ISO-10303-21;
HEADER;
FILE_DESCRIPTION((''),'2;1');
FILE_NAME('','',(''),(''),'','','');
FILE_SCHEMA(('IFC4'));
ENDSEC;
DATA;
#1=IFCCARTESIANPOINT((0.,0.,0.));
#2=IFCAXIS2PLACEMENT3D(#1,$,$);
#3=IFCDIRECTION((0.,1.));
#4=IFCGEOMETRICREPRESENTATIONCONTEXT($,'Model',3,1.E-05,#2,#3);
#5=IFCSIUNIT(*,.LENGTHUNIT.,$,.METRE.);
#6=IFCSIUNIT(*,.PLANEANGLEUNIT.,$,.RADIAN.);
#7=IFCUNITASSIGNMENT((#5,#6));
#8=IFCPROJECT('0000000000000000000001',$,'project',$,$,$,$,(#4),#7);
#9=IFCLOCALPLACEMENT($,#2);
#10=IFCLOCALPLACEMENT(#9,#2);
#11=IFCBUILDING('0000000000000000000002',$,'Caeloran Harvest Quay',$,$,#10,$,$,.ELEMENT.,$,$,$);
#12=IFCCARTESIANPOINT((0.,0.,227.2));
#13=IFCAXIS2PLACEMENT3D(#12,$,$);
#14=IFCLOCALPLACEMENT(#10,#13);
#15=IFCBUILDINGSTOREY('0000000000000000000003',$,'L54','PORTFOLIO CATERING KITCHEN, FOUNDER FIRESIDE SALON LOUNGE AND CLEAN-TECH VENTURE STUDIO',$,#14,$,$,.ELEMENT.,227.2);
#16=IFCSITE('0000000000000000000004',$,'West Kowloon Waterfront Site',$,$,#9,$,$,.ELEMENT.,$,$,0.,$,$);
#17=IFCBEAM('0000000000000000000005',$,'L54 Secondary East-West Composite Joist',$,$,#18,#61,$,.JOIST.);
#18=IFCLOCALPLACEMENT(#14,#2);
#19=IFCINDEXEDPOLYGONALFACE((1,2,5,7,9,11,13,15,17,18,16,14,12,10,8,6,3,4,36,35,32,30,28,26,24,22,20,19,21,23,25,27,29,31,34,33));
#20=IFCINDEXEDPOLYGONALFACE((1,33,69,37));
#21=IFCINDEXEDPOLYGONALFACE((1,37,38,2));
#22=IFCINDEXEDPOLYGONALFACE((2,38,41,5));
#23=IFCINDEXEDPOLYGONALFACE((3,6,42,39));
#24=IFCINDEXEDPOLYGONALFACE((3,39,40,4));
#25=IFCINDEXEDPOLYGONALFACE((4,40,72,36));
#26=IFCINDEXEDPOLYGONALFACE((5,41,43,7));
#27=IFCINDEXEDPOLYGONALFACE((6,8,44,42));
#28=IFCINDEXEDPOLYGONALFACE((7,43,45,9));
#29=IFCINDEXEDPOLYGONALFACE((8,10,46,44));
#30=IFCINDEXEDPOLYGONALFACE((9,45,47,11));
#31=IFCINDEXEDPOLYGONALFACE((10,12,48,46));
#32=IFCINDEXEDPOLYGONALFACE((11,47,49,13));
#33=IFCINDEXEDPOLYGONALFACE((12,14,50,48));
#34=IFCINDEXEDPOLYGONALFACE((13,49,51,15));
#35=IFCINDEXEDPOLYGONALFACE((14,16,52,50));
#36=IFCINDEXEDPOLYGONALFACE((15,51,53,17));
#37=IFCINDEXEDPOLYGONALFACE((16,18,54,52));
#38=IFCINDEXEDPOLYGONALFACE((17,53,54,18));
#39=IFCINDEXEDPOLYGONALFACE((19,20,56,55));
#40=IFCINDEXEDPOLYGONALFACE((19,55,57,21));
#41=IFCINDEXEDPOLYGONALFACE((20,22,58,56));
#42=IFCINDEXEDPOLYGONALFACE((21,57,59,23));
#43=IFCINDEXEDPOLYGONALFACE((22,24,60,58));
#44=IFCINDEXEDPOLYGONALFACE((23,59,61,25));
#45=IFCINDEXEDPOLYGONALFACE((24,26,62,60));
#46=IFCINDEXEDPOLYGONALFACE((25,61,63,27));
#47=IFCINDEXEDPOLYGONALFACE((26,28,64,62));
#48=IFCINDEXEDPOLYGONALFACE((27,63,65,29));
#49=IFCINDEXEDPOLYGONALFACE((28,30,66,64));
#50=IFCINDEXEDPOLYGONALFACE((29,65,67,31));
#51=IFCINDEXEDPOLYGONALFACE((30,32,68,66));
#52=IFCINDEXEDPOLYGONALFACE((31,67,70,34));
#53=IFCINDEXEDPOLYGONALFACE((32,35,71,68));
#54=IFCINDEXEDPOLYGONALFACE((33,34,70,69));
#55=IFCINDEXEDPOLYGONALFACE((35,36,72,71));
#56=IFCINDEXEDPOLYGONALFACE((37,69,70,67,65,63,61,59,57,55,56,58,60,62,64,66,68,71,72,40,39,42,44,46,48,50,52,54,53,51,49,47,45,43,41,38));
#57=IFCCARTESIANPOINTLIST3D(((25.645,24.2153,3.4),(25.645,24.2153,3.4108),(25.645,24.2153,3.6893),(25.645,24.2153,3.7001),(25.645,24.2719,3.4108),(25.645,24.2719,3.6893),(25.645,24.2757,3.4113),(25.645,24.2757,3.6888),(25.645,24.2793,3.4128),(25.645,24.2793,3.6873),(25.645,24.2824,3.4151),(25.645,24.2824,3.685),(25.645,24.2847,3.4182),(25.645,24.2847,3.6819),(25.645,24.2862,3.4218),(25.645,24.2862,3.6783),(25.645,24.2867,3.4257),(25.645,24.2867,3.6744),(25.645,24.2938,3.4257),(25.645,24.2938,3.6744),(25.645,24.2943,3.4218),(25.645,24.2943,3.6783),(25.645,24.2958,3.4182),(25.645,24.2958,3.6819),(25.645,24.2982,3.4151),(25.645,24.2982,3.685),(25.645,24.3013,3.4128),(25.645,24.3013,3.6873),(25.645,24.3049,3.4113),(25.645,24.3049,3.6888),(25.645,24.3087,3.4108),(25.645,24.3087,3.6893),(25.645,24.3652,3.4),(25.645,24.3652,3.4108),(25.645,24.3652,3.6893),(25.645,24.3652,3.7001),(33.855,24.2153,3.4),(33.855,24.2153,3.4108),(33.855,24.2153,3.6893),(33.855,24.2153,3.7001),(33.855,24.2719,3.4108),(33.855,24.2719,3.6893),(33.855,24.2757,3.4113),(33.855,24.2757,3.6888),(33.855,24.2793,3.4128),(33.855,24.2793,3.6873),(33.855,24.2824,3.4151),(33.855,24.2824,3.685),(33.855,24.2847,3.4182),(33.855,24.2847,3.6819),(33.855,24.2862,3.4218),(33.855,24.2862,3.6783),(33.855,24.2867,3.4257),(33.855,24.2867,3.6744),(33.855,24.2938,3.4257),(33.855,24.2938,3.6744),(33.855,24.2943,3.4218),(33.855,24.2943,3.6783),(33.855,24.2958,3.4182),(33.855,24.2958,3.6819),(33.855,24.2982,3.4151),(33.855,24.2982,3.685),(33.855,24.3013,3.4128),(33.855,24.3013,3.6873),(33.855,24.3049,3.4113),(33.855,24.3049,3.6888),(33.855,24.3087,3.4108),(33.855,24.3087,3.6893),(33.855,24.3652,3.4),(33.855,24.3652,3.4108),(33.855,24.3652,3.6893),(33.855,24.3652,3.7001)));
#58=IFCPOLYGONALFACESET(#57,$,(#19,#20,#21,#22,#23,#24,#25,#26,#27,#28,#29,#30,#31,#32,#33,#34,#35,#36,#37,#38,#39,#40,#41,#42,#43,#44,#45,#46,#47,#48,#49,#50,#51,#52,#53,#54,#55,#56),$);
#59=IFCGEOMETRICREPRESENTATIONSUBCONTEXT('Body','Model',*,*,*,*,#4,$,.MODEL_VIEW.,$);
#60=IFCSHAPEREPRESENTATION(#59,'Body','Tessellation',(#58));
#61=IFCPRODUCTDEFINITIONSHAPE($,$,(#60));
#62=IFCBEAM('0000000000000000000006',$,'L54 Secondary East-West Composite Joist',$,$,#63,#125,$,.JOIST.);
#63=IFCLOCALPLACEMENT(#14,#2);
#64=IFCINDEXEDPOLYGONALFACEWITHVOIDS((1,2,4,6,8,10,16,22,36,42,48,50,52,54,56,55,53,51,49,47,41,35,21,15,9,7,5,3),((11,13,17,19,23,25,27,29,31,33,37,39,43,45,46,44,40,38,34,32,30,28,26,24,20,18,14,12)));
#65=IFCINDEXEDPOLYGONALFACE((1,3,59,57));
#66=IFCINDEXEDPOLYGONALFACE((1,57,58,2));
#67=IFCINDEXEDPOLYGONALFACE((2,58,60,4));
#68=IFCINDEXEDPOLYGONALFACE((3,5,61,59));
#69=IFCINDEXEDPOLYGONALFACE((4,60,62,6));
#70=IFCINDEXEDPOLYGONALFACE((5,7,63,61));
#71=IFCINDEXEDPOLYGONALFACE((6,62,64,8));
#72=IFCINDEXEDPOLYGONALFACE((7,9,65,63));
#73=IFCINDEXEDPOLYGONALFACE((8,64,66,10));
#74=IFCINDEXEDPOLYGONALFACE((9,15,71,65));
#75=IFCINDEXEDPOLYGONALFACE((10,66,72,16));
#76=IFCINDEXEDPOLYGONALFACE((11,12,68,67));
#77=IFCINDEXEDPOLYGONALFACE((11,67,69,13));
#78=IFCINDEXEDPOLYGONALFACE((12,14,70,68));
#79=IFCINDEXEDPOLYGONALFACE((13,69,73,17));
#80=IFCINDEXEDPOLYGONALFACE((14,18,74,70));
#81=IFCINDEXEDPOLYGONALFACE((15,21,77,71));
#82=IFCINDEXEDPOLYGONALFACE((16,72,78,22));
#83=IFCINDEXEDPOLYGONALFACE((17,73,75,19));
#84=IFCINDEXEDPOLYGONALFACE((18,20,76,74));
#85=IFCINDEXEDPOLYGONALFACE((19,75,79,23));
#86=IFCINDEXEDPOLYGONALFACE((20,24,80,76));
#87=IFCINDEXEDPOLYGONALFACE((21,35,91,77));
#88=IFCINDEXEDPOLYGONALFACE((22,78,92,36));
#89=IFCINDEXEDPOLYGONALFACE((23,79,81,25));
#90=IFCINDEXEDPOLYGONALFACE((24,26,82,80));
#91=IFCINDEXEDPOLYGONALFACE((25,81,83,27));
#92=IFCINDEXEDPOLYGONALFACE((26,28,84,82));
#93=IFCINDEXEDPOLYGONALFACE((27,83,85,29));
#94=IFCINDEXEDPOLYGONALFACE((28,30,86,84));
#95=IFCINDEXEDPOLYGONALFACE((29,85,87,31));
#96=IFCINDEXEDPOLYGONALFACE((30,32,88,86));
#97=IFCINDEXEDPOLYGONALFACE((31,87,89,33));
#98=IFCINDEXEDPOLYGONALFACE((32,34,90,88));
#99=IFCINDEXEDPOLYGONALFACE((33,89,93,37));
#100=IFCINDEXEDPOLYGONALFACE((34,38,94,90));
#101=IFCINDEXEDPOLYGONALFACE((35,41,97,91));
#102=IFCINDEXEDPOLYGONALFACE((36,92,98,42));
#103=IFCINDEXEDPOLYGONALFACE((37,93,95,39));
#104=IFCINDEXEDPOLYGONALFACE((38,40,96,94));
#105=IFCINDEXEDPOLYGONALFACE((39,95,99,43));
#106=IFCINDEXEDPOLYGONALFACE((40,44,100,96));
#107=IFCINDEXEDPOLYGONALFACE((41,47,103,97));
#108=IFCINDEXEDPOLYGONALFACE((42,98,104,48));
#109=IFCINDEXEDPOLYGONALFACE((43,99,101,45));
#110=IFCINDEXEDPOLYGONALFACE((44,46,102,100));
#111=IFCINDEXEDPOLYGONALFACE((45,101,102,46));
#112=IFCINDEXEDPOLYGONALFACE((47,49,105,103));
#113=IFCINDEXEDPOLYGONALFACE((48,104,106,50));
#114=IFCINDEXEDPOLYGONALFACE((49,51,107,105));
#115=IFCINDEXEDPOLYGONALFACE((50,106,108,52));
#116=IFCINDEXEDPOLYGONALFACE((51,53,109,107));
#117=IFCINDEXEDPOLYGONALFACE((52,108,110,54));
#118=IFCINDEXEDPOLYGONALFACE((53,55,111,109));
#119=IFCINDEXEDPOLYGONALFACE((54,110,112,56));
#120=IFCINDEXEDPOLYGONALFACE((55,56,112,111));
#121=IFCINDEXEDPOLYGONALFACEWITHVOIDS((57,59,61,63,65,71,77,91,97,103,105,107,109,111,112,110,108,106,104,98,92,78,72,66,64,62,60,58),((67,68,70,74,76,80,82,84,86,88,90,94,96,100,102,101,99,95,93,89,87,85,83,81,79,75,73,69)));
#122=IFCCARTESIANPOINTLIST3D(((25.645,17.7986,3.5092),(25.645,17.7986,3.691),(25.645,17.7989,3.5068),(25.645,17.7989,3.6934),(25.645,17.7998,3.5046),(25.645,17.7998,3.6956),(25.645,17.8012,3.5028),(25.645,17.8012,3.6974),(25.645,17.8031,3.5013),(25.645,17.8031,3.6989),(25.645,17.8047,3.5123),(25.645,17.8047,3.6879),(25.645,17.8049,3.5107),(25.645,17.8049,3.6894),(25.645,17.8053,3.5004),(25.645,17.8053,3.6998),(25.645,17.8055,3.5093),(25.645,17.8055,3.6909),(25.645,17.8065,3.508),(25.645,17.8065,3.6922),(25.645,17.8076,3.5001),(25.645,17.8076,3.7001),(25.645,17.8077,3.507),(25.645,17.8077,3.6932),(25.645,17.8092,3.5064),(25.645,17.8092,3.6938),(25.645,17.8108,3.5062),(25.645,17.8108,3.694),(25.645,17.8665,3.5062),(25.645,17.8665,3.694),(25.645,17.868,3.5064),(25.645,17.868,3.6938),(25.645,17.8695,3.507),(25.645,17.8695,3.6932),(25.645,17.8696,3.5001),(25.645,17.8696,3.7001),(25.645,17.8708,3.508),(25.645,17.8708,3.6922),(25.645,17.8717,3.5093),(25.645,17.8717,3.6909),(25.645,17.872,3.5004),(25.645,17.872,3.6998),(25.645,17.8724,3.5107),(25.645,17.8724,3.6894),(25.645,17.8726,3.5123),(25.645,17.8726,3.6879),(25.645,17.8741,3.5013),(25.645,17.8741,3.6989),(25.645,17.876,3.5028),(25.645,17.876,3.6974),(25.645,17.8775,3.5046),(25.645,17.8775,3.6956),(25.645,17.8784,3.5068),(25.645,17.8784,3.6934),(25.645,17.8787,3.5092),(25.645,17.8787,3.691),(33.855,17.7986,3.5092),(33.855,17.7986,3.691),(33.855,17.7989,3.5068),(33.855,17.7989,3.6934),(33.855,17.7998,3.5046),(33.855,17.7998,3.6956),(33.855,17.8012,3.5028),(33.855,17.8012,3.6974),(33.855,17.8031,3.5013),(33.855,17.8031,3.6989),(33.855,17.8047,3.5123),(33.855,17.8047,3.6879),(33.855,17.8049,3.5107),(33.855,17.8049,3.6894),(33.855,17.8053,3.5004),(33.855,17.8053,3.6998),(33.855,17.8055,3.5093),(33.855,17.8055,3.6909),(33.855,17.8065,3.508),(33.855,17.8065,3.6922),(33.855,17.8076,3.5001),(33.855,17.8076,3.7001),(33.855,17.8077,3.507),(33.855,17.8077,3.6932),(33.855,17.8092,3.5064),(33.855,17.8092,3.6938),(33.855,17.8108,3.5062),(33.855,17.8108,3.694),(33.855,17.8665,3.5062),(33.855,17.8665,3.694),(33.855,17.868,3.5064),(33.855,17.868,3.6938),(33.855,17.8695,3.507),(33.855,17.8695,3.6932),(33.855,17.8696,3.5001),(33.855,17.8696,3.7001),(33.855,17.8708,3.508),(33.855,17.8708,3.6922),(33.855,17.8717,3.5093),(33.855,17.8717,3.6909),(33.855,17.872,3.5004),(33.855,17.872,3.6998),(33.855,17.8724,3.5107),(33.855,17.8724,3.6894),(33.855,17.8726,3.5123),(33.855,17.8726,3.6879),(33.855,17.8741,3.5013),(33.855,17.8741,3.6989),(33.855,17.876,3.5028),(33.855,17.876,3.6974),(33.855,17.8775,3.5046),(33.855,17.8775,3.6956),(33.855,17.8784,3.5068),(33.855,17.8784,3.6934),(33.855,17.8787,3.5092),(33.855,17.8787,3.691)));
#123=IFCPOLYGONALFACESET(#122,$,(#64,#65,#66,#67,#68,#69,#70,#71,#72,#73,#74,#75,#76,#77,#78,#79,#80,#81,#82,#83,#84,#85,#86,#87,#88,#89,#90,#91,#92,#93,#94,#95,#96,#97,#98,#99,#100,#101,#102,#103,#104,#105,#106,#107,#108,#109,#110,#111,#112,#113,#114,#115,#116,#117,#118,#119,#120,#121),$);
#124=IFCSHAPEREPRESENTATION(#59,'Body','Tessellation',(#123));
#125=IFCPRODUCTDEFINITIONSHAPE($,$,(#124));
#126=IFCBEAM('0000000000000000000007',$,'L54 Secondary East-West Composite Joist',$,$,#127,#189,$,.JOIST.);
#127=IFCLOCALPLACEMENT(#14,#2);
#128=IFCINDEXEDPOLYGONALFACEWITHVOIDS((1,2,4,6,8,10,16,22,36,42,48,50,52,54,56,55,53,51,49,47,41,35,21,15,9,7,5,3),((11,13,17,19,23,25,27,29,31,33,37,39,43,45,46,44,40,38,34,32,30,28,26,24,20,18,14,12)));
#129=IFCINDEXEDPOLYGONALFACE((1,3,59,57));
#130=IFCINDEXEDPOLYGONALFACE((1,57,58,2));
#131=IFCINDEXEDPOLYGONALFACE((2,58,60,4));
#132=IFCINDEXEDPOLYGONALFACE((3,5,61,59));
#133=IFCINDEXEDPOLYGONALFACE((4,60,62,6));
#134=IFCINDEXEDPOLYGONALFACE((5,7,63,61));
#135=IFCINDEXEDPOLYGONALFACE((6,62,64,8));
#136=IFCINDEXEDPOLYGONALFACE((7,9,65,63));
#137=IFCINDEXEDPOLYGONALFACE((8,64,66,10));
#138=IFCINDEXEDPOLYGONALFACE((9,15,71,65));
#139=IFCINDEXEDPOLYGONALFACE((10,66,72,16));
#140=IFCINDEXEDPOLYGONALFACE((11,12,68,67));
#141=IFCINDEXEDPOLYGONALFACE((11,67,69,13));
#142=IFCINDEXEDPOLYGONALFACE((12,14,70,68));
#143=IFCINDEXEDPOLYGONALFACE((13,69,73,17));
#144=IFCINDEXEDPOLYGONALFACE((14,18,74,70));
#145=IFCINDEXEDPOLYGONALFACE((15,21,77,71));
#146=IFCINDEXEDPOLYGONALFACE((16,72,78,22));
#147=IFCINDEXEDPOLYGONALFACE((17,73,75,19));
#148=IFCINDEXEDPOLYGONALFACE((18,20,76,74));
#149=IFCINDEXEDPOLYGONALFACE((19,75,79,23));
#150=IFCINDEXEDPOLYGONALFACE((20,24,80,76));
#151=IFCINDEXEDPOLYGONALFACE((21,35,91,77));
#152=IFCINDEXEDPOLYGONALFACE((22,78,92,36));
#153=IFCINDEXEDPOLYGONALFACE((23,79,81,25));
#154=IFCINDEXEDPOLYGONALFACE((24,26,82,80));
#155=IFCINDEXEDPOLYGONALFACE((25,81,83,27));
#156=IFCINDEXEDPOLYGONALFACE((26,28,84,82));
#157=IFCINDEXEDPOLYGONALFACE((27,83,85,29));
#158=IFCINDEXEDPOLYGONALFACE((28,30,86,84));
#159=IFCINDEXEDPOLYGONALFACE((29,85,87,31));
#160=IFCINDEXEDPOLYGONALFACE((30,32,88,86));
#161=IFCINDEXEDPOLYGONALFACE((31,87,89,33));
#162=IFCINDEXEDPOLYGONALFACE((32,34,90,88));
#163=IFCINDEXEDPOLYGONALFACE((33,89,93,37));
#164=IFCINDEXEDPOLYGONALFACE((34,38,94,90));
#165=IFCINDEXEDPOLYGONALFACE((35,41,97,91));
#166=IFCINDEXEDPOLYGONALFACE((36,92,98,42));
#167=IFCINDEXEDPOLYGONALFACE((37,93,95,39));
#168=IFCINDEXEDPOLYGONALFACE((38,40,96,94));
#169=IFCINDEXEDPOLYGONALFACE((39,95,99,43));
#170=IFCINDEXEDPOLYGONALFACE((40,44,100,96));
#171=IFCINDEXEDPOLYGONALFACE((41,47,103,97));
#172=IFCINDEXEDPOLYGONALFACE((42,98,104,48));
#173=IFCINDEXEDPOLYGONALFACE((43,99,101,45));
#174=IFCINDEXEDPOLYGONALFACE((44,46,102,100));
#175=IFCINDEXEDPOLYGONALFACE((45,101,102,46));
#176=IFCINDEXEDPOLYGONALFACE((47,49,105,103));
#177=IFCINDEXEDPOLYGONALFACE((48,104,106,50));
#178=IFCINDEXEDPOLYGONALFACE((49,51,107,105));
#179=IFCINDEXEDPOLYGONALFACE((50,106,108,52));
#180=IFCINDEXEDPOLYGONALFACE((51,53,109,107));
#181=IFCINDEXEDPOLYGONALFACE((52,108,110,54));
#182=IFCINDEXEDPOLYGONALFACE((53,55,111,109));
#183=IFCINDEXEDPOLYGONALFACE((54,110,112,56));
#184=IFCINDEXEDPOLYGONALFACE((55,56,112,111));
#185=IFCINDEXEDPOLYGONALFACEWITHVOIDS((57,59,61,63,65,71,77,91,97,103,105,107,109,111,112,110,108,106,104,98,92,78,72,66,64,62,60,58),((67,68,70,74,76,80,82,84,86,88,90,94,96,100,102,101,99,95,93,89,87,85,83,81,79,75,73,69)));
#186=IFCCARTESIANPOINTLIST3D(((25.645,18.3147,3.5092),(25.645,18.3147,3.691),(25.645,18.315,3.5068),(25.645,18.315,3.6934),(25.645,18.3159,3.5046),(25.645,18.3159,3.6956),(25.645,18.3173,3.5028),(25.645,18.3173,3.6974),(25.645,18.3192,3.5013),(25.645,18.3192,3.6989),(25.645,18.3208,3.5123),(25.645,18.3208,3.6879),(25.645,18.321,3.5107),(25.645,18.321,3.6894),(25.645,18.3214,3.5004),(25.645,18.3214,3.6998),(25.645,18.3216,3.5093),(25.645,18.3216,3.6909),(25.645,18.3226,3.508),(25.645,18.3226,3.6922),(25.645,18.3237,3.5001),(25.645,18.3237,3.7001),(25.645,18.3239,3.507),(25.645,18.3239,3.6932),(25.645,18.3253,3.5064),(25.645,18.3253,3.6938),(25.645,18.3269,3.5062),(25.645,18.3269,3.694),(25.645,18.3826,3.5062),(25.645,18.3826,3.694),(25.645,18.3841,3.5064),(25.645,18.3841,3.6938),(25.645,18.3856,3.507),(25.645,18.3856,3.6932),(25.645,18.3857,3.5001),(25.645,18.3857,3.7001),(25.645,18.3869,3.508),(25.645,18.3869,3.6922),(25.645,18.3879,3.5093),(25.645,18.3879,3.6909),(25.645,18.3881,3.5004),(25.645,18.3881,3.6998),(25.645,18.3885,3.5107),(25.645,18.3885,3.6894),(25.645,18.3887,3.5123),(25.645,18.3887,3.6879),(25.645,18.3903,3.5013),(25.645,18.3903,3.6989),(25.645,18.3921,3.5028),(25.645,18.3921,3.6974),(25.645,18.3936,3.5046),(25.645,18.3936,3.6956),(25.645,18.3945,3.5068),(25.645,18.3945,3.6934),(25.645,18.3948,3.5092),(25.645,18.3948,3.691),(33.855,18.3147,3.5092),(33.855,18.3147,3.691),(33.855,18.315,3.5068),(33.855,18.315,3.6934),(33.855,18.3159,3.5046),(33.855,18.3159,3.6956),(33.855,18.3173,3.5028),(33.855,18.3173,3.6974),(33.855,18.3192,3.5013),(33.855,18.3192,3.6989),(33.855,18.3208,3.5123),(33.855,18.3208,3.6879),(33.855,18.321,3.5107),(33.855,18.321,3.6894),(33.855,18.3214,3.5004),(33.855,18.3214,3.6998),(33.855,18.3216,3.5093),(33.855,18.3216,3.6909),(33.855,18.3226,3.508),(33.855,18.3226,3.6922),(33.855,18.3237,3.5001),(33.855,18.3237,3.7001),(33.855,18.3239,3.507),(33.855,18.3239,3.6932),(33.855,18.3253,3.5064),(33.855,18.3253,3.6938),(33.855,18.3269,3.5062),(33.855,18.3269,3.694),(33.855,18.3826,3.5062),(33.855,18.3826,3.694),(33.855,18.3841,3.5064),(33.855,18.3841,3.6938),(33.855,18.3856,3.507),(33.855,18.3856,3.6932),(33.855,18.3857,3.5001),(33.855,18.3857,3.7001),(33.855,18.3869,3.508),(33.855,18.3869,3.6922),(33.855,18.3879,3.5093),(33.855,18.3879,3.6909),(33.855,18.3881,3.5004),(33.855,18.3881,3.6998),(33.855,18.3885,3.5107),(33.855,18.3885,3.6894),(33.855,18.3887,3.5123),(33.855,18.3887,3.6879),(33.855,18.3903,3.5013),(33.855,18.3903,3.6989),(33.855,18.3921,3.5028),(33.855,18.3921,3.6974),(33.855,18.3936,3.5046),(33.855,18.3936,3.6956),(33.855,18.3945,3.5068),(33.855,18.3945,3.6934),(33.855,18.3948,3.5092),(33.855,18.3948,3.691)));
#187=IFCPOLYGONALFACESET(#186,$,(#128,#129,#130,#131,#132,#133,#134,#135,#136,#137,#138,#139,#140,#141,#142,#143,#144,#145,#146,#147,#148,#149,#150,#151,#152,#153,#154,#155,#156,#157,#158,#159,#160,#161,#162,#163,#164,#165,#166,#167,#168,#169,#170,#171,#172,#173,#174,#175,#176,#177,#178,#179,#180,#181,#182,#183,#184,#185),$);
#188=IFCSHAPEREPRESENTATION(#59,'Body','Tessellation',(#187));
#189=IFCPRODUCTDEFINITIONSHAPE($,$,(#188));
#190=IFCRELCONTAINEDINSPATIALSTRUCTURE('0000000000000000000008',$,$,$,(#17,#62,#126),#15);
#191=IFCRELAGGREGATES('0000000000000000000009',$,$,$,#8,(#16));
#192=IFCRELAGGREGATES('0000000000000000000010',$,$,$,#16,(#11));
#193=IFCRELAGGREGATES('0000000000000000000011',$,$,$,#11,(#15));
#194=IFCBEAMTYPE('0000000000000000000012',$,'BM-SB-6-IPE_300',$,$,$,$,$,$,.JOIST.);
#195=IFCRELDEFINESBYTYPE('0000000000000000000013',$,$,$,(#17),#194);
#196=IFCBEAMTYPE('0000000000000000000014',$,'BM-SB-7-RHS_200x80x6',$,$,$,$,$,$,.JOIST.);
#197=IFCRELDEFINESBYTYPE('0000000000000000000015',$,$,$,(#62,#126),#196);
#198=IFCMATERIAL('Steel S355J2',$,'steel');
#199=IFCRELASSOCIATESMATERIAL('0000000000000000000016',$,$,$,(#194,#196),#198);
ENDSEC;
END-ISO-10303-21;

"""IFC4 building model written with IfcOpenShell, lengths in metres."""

from ifc_helpers import new_model, si_unit, direction, frame, origin, origin_2d, place, context, subcontext, project, spatial, hollow_rectangle, i_section, extrude, material, material_profile, profile_set, type_object, element, save


model = new_model("IFC4")

# Units and contexts
model_context = context("Model", 3, precision=1e-05, world=origin(), true_north=direction((0.0, 1.0)))
body_context = subcontext(model_context, "Body", "Model", "MODEL_VIEW")
ifc_project = project(units=[si_unit("LENGTHUNIT", "METRE"), si_unit("PLANEANGLEUNIT", "RADIAN")], contexts=[model_context])

# Site, building, storey
site_placement = place(None, origin())
site = spatial("IfcSite", under=ifc_project, at=site_placement, Name="West Kowloon Waterfront Site", CompositionType="ELEMENT", RefElevation=0.0)
building_placement = place(site_placement, origin())
building = spatial("IfcBuilding", under=site, at=building_placement, Name="Caeloran Harvest Quay", CompositionType="ELEMENT")
storey_placement = place(building_placement, frame((0.0, 0.0, 227.2)))
storey = spatial("IfcBuildingStorey", under=building, at=storey_placement, Name="L54", Description="PORTFOLIO CATERING KITCHEN, FOUNDER FIRESIDE SALON LOUNGE AND CLEAN-TECH VENTURE STUDIO", CompositionType="ELEMENT", Elevation=227.2)

# Beams
ifc_material_1 = material(Name="Steel S355J2", Category="steel")
ifc_material_profile_1 = material_profile(ifc_material_1, i_section(OverallWidth=0.1499, OverallDepth=0.3, WebThickness=0.0071, FlangeThickness=0.0107, FilletRadius=0.0149, at=origin_2d()), Name="IPE 300")
ifc_profile_set_1 = profile_set([ifc_material_profile_1], Name="Steel S355J2")
beam_type_1 = type_object("IfcBeamType", Name="BM-SB-6-IPE_300", PredefinedType="JOIST", material=ifc_profile_set_1)
for number, where, z_axis, x_axis, name in (
    (1, (25.645, 24.2903, 3.55), (1.0, 0.0, 0.0), (0.0, 1.0, 0.0), "L54 Secondary East-West Composite Joist"),
):
    element("IfcBeam", number, at=place(storey_placement, frame(where, z_axis=z_axis, x_axis=x_axis)), inside=storey, type_object=beam_type_1, Name=name, PredefinedType="JOIST", context=body_context, shape_type="SweptSolid", body=[
        extrude(i_section(OverallWidth=0.1499, OverallDepth=0.3, WebThickness=0.0071, FlangeThickness=0.0107, FilletRadius=0.0149, at=origin_2d()), origin(), (0.0, 0.0, 1.0), 8.21),
    ])
ifc_material_profile_2 = material_profile(ifc_material_1, hollow_rectangle(XDim=0.0801, YDim=0.2, WallThickness=0.0061, InnerFilletRadius=0.0061, OuterFilletRadius=0.009, at=origin_2d()), Name="RHS 200x80x6")
ifc_profile_set_2 = profile_set([ifc_material_profile_2], Name="Steel S355J2")
beam_type_2 = type_object("IfcBeamType", Name="BM-SB-7-RHS_200x80x6", PredefinedType="JOIST", material=ifc_profile_set_2)
for number, where, z_axis, x_axis, name in (
    (2, (25.645, 17.8386, 3.6001), (1.0, 0.0, 0.0), (0.0, 1.0, 0.0), "L54 Secondary East-West Composite Joist"),
    (3, (25.645, 18.3547, 3.6001), (1.0, 0.0, 0.0), (0.0, 1.0, 0.0), "L54 Secondary East-West Composite Joist"),
):
    element("IfcBeam", number, at=place(storey_placement, frame(where, z_axis=z_axis, x_axis=x_axis)), inside=storey, type_object=beam_type_2, Name=name, PredefinedType="JOIST", context=body_context, shape_type="SweptSolid", body=[
        extrude(hollow_rectangle(XDim=0.0801, YDim=0.2, WallThickness=0.0061, InnerFilletRadius=0.0061, OuterFilletRadius=0.009, at=origin_2d()), origin(), (0.0, 0.0, 1.0), 8.21),
    ])

save(model, "model.ifc")
